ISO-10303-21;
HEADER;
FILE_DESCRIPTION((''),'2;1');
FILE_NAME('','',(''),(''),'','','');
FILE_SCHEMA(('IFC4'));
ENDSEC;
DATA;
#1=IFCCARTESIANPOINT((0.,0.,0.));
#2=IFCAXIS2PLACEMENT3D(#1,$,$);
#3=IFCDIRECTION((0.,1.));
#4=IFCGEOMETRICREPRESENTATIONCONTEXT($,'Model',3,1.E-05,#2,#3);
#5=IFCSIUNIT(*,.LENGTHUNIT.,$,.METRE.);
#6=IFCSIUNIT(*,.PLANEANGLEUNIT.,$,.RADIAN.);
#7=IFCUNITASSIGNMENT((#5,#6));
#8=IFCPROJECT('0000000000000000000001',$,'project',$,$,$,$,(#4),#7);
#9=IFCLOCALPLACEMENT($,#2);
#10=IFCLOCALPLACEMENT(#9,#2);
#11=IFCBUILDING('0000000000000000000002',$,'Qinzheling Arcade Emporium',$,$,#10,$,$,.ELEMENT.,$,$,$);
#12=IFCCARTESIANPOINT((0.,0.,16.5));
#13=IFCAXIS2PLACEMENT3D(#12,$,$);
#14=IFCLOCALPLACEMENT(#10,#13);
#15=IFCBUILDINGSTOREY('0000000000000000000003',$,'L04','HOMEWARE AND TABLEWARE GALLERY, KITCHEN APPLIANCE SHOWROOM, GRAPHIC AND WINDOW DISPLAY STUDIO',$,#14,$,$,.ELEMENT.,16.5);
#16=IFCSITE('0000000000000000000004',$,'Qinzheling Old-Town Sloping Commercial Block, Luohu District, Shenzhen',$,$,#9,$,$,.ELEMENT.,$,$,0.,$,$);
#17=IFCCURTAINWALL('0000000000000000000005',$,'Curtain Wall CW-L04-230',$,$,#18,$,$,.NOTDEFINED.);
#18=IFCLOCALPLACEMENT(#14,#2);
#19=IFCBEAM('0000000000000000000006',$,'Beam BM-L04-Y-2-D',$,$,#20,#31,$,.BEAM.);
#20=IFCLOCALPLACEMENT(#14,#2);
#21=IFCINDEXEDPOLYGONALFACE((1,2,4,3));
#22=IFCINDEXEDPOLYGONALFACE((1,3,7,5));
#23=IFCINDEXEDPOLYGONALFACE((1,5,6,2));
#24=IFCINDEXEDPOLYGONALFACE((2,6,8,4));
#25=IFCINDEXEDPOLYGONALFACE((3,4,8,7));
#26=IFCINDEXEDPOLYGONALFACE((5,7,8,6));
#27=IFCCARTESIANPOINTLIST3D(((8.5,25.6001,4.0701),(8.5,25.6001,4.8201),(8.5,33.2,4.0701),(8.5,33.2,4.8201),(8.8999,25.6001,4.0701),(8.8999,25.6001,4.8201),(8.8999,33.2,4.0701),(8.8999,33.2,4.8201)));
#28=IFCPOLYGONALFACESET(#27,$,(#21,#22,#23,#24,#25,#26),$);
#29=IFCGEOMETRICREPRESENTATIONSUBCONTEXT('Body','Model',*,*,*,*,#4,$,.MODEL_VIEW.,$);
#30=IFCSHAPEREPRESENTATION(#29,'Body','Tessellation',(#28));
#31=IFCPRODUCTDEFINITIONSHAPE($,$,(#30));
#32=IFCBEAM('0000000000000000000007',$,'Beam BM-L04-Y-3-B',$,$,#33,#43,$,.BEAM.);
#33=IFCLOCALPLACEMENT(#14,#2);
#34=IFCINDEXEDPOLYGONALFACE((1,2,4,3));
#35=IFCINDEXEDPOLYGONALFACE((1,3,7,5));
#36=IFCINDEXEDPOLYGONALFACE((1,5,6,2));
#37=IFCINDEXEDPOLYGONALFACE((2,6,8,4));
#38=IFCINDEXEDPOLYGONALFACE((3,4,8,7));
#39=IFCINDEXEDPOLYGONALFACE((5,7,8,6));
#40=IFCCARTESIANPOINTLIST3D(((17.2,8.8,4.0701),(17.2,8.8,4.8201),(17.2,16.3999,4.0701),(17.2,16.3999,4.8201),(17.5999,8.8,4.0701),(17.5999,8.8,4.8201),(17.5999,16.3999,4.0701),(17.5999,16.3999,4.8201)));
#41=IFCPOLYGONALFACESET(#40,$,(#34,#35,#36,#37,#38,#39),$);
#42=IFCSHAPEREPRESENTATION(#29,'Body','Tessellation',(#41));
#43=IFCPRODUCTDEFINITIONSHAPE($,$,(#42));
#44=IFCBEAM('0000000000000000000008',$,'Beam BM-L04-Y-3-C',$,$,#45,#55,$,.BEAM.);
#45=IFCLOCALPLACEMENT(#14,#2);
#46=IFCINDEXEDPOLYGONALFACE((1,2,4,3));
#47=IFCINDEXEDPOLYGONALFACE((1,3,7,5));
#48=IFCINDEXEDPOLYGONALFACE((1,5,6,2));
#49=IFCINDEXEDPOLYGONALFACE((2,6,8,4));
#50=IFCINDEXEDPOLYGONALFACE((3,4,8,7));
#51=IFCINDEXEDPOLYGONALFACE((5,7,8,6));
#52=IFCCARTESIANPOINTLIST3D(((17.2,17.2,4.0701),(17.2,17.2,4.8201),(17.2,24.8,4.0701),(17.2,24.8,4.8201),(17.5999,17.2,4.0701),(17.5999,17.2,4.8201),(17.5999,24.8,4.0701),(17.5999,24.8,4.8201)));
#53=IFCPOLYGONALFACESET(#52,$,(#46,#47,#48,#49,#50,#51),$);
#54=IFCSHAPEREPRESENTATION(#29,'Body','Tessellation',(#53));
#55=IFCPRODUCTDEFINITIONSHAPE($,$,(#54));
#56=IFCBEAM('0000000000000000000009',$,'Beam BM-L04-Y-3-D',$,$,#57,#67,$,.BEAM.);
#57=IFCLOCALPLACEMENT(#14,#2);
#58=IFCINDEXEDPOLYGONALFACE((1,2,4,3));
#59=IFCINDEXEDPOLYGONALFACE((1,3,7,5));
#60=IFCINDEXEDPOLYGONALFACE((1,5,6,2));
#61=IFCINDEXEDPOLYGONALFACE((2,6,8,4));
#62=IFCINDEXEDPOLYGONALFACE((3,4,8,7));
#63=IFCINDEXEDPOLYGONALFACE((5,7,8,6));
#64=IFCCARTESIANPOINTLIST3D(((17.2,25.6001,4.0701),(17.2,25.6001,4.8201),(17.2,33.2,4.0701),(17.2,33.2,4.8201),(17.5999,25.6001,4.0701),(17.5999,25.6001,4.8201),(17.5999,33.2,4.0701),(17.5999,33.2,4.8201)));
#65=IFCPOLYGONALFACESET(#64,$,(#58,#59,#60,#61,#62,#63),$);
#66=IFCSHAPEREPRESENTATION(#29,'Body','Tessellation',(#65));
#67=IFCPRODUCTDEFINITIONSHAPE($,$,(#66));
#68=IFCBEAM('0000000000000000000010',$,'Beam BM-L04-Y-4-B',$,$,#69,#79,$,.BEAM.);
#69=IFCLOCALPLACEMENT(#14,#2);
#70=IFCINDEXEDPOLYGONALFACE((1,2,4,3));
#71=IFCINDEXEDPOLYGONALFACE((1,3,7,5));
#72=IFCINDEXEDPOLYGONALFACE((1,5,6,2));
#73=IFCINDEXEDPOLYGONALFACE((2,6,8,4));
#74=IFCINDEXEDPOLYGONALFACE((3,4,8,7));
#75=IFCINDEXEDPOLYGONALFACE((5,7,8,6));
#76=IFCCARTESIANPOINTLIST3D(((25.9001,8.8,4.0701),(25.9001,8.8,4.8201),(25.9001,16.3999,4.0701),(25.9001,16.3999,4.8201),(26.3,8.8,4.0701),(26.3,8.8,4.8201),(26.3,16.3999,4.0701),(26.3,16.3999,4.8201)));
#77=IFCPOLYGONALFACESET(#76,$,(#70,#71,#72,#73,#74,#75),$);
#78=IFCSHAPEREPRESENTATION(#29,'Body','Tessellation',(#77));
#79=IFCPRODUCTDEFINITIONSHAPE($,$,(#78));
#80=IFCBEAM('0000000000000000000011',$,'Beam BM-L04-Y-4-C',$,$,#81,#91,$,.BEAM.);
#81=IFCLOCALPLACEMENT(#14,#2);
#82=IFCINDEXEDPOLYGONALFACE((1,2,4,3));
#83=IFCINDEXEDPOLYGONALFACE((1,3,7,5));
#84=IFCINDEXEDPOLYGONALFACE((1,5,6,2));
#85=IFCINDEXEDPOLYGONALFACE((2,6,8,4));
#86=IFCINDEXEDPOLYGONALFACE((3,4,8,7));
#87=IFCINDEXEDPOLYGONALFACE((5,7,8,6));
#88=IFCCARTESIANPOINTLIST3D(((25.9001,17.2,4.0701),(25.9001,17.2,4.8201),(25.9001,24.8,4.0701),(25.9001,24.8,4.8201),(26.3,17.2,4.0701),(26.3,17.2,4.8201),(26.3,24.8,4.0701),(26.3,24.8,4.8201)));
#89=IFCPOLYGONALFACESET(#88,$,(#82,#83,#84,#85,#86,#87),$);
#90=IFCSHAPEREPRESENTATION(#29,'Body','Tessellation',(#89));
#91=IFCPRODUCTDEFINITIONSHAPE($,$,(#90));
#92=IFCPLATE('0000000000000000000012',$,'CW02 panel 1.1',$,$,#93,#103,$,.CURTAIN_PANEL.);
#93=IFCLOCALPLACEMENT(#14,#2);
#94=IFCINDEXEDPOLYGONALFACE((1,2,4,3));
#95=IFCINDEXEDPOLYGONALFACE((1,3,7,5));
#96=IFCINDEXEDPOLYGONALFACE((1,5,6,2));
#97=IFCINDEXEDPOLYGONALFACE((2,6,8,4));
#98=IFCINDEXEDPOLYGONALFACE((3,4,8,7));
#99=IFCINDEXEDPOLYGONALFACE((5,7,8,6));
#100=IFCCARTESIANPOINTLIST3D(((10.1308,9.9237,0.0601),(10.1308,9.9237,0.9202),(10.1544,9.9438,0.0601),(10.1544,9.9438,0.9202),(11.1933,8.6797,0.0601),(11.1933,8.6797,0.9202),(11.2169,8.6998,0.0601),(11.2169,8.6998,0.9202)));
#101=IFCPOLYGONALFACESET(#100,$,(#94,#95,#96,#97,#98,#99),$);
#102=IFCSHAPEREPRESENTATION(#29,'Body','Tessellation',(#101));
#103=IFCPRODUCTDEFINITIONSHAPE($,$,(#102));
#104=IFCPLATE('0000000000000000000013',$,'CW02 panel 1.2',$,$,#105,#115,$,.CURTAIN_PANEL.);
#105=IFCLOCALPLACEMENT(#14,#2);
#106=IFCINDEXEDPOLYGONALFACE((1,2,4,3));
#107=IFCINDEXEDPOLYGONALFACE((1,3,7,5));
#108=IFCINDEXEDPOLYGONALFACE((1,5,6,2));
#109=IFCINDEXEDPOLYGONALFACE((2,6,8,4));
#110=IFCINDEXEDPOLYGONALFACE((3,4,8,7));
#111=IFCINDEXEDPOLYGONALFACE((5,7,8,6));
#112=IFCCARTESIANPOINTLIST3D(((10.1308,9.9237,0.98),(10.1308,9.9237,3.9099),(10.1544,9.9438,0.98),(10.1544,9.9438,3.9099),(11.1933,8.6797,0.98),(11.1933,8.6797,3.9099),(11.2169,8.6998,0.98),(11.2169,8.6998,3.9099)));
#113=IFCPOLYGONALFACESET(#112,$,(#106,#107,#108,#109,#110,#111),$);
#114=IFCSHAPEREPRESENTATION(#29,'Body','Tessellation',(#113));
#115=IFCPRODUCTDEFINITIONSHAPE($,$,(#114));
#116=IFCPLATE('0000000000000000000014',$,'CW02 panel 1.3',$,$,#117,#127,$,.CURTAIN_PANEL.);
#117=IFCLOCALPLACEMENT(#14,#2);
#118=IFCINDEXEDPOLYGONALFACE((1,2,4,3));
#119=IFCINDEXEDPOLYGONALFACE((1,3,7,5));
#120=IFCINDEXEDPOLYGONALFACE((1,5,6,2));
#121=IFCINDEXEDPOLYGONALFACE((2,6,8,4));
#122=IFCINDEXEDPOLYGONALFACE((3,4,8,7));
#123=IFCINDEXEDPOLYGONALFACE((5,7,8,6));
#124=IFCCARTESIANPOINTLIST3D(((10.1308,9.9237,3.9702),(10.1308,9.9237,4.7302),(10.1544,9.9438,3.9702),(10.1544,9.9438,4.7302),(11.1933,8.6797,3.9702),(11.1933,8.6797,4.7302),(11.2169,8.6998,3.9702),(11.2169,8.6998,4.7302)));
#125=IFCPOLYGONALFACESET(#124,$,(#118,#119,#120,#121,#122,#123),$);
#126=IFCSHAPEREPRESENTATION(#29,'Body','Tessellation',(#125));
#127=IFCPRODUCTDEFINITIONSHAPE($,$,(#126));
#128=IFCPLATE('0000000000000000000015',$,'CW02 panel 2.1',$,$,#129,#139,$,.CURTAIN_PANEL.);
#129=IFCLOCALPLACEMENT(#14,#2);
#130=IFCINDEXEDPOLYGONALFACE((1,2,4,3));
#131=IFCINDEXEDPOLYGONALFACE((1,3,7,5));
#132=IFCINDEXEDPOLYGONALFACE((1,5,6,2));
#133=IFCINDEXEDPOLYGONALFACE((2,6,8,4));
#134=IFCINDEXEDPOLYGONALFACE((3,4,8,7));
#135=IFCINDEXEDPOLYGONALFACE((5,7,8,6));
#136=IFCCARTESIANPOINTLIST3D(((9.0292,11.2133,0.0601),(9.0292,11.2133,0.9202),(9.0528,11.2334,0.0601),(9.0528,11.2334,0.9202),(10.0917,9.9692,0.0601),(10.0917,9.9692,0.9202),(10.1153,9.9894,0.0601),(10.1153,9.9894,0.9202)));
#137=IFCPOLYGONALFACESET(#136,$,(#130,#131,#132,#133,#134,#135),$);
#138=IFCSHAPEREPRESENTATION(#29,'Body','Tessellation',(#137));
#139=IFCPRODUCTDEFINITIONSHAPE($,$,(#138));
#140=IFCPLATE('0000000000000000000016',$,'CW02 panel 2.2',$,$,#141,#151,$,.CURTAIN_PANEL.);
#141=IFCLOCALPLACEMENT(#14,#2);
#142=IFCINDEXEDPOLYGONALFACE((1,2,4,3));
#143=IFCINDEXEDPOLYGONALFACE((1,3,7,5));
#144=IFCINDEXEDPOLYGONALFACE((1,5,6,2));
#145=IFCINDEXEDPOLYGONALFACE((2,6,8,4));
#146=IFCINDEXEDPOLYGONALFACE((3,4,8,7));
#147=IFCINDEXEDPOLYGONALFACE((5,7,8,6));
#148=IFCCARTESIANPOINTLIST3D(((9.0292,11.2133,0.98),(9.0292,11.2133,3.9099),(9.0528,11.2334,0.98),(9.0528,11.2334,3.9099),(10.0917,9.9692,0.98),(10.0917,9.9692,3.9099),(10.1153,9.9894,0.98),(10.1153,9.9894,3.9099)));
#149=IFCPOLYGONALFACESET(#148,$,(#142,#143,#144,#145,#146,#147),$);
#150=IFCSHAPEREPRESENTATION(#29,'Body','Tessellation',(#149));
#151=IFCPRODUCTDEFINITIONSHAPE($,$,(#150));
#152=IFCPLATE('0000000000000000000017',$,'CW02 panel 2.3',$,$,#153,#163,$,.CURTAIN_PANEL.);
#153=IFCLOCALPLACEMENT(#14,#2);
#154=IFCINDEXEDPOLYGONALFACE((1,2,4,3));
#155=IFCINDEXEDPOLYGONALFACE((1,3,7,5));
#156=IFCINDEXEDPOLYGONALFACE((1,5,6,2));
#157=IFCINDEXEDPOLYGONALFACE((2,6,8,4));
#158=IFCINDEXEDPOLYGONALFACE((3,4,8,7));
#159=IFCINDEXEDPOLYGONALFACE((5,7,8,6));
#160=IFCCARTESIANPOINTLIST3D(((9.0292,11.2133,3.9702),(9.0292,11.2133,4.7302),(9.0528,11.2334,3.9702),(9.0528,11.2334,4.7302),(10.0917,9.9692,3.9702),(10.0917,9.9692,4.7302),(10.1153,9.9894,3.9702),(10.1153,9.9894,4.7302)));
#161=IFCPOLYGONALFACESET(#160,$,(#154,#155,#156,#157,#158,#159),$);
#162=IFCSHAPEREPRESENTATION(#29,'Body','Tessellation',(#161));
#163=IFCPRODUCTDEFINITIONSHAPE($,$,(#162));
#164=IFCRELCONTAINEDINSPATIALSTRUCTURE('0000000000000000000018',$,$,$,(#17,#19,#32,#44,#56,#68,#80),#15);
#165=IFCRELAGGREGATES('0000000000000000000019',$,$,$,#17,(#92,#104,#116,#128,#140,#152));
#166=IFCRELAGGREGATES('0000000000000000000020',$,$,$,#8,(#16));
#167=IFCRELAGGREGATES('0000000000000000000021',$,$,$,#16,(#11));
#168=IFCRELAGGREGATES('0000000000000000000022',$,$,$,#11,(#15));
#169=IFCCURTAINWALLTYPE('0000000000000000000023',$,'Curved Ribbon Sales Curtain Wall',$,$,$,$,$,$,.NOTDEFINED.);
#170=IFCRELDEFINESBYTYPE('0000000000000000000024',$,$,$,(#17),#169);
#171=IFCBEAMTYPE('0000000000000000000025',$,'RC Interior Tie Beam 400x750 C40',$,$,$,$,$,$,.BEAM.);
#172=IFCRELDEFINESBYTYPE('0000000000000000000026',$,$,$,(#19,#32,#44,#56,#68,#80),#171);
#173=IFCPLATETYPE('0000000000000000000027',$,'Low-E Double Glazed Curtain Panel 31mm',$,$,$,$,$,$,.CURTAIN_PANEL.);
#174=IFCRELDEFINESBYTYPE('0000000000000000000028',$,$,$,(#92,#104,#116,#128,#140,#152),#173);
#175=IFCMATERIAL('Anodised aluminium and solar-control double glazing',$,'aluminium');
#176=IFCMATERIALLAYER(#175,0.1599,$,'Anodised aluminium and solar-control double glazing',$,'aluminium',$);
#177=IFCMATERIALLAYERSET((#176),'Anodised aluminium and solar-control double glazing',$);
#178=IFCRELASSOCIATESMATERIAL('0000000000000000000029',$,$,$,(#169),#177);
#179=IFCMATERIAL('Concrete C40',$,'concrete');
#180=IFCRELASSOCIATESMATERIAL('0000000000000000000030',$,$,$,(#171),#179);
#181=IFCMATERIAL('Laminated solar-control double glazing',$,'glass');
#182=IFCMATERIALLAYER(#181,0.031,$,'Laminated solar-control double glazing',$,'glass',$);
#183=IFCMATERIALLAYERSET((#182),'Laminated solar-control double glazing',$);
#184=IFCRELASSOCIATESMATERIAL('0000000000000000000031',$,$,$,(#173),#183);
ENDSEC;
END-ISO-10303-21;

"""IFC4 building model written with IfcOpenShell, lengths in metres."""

from ifc_helpers import new_model, si_unit, direction, frame, origin, origin_2d, place, context, subcontext, project, spatial, rectangle, extrude, material, layer, layer_set, material_profile, profile_set, type_object, element, aggregate, save


model = new_model("IFC4")

# Units and contexts
model_context = context("Model", 3, precision=1e-05, world=origin(), true_north=direction((0.0, 1.0)))
body_context = subcontext(model_context, "Body", "Model", "MODEL_VIEW")
ifc_project = project(units=[si_unit("LENGTHUNIT", "METRE"), si_unit("PLANEANGLEUNIT", "RADIAN")], contexts=[model_context])

# Site, building, storey
site_placement = place(None, origin())
site = spatial("IfcSite", under=ifc_project, at=site_placement, Name="Qinzheling Old-Town Sloping Commercial Block, Luohu District, Shenzhen", CompositionType="ELEMENT", RefElevation=0.0)
building_placement = place(site_placement, origin())
building = spatial("IfcBuilding", under=site, at=building_placement, Name="Qinzheling Arcade Emporium", CompositionType="ELEMENT")
storey_placement = place(building_placement, frame((0.0, 0.0, 16.5)))
storey = spatial("IfcBuildingStorey", under=building, at=storey_placement, Name="L04", Description="HOMEWARE AND TABLEWARE GALLERY, KITCHEN APPLIANCE SHOWROOM, GRAPHIC AND WINDOW DISPLAY STUDIO", CompositionType="ELEMENT", Elevation=16.5)

# Shared definitions
ifc_material_1 = material(Name="Concrete C40", Category="concrete")

# Shared definitions
ifc_material_2 = material(Name="Anodised aluminium and solar-control double glazing", Category="aluminium")
ifc_layer_1 = layer(ifc_material_2, 0.1599, Name="Anodised aluminium and solar-control double glazing", Category="aluminium")
ifc_layer_set_1 = layer_set([ifc_layer_1], Name="Anodised aluminium and solar-control double glazing")
curtain_wall_type = type_object("IfcCurtainWallType", Name="Curved Ribbon Sales Curtain Wall", PredefinedType="NOTDEFINED", material=ifc_layer_set_1)

# Curtain wall
curtain_wall_1_placement = place(storey_placement, origin())
curtain_wall_1 = element("IfcCurtainWall", 1, at=curtain_wall_1_placement, inside=storey, type_object=curtain_wall_type, Name="Curtain Wall CW-L04-230", PredefinedType="NOTDEFINED")

# Beams
ifc_material_profile_1 = material_profile(ifc_material_1, rectangle(XDim=0.3999, YDim=0.75, at=origin_2d()), Name="RC 400x750", Category="concrete")
ifc_profile_set_1 = profile_set([ifc_material_profile_1], Name="Concrete C40")
beam_type = type_object("IfcBeamType", Name="RC Interior Tie Beam 400x750 C40", PredefinedType="BEAM", material=ifc_profile_set_1)
for number, where, z_axis, x_axis, name in (
    (2, (8.7, 25.6001, 4.4451), (0.0, 1.0, 0.0), (-1.0, 0.0, 0.0), "Beam BM-L04-Y-2-D"),
    (3, (17.3999, 8.8, 4.4451), (0.0, 1.0, 0.0), (-1.0, 0.0, 0.0), "Beam BM-L04-Y-3-B"),
):
    element("IfcBeam", number, at=place(storey_placement, frame(where, z_axis=z_axis, x_axis=x_axis)), inside=storey, type_object=beam_type, Name=name, PredefinedType="BEAM", context=body_context, shape_type="SweptSolid", body=[
        extrude(rectangle(XDim=0.3999, YDim=0.75, at=origin_2d()), origin(), (0.0, 0.0, 1.0), 7.5999),
    ])
beam_1_placement = place(storey_placement, frame((17.3999, 17.2, 4.4451), z_axis=(0.0, 1.0, 0.0), x_axis=(-1.0, 0.0, 0.0)))
element("IfcBeam", 4, at=beam_1_placement, inside=storey, type_object=beam_type, Name="Beam BM-L04-Y-3-C", PredefinedType="BEAM", context=body_context, shape_type="SweptSolid", body=[
    extrude(rectangle(XDim=0.3999, YDim=0.75, at=origin_2d()), origin(), (0.0, 0.0, 1.0), 7.6001),
])
for number, where, z_axis, x_axis, name in (
    (5, (17.3999, 25.6001, 4.4451), (0.0, 1.0, 0.0), (-1.0, 0.0, 0.0), "Beam BM-L04-Y-3-D"),
    (6, (26.1001, 8.8, 4.4451), (0.0, 1.0, 0.0), (-1.0, 0.0, 0.0), "Beam BM-L04-Y-4-B"),
):
    element("IfcBeam", number, at=place(storey_placement, frame(where, z_axis=z_axis, x_axis=x_axis)), inside=storey, type_object=beam_type, Name=name, PredefinedType="BEAM", context=body_context, shape_type="SweptSolid", body=[
        extrude(rectangle(XDim=0.3999, YDim=0.75, at=origin_2d()), origin(), (0.0, 0.0, 1.0), 7.5999),
    ])
beam_2_placement = place(storey_placement, frame((26.1001, 17.2, 4.4451), z_axis=(0.0, 1.0, 0.0), x_axis=(-1.0, 0.0, 0.0)))
element("IfcBeam", 7, at=beam_2_placement, inside=storey, type_object=beam_type, Name="Beam BM-L04-Y-4-C", PredefinedType="BEAM", context=body_context, shape_type="SweptSolid", body=[
    extrude(rectangle(XDim=0.3999, YDim=0.75, at=origin_2d()), origin(), (0.0, 0.0, 1.0), 7.6001),
])

# Plates
ifc_material_3 = material(Name="Laminated solar-control double glazing", Category="glass")
ifc_layer_2 = layer(ifc_material_3, 0.031, Name="Laminated solar-control double glazing", Category="glass")
ifc_layer_set_2 = layer_set([ifc_layer_2], Name="Laminated solar-control double glazing")
plate_type = type_object("IfcPlateType", Name="Low-E Double Glazed Curtain Panel 31mm", PredefinedType="CURTAIN_PANEL", material=ifc_layer_set_2)
plate_1_placement = place(storey_placement, frame((10.6738, 9.3118, 0.0601), z_axis=(0.0, 0.0, 1.0), x_axis=(-0.649454, 0.760401, 0.0)))
plate_1 = element("IfcPlate", 8, at=plate_1_placement, type_object=plate_type, Name="CW02 panel 1.1", PredefinedType="CURTAIN_PANEL", context=body_context, shape_type="SweptSolid", body=[
    extrude(rectangle(XDim=1.636, YDim=0.031, at=origin_2d()), origin(), (0.0, 0.0, 1.0), 0.8601),
])
plate_2_placement = place(storey_placement, frame((10.6738, 9.3118, 0.98), z_axis=(0.0, 0.0, 1.0), x_axis=(-0.649454, 0.760401, 0.0)))
plate_2 = element("IfcPlate", 9, at=plate_2_placement, type_object=plate_type, Name="CW02 panel 1.2", PredefinedType="CURTAIN_PANEL", context=body_context, shape_type="SweptSolid", body=[
    extrude(rectangle(XDim=1.636, YDim=0.031, at=origin_2d()), origin(), (0.0, 0.0, 1.0), 2.9299),
])
plate_3_placement = place(storey_placement, frame((10.6738, 9.3118, 3.9702), z_axis=(0.0, 0.0, 1.0), x_axis=(-0.649454, 0.760401, 0.0)))
plate_3 = element("IfcPlate", 10, at=plate_3_placement, type_object=plate_type, Name="CW02 panel 1.3", PredefinedType="CURTAIN_PANEL", context=body_context, shape_type="SweptSolid", body=[
    extrude(rectangle(XDim=1.636, YDim=0.031, at=origin_2d()), origin(), (0.0, 0.0, 1.0), 0.76),
])
plate_4_placement = place(storey_placement, frame((9.5723, 10.6013, 0.0601), z_axis=(0.0, 0.0, 1.0), x_axis=(-0.649454, 0.760401, 0.0)))
plate_4 = element("IfcPlate", 11, at=plate_4_placement, type_object=plate_type, Name="CW02 panel 2.1", PredefinedType="CURTAIN_PANEL", context=body_context, shape_type="SweptSolid", body=[
    extrude(rectangle(XDim=1.636, YDim=0.031, at=origin_2d()), origin(), (0.0, 0.0, 1.0), 0.8601),
])
plate_5_placement = place(storey_placement, frame((9.5723, 10.6013, 0.98), z_axis=(0.0, 0.0, 1.0), x_axis=(-0.649454, 0.760401, 0.0)))
plate_5 = element("IfcPlate", 12, at=plate_5_placement, type_object=plate_type, Name="CW02 panel 2.2", PredefinedType="CURTAIN_PANEL", context=body_context, shape_type="SweptSolid", body=[
    extrude(rectangle(XDim=1.636, YDim=0.031, at=origin_2d()), origin(), (0.0, 0.0, 1.0), 2.9299),
])
plate_6_placement = place(storey_placement, frame((9.5723, 10.6013, 3.9702), z_axis=(0.0, 0.0, 1.0), x_axis=(-0.649454, 0.760401, 0.0)))
plate_6 = element("IfcPlate", 13, at=plate_6_placement, type_object=plate_type, Name="CW02 panel 2.3", PredefinedType="CURTAIN_PANEL", context=body_context, shape_type="SweptSolid", body=[
    extrude(rectangle(XDim=1.636, YDim=0.031, at=origin_2d()), origin(), (0.0, 0.0, 1.0), 0.76),
])
aggregate(curtain_wall_1, [plate_1, plate_2, plate_3, plate_4, plate_5, plate_6])

save(model, "model.ifc")
